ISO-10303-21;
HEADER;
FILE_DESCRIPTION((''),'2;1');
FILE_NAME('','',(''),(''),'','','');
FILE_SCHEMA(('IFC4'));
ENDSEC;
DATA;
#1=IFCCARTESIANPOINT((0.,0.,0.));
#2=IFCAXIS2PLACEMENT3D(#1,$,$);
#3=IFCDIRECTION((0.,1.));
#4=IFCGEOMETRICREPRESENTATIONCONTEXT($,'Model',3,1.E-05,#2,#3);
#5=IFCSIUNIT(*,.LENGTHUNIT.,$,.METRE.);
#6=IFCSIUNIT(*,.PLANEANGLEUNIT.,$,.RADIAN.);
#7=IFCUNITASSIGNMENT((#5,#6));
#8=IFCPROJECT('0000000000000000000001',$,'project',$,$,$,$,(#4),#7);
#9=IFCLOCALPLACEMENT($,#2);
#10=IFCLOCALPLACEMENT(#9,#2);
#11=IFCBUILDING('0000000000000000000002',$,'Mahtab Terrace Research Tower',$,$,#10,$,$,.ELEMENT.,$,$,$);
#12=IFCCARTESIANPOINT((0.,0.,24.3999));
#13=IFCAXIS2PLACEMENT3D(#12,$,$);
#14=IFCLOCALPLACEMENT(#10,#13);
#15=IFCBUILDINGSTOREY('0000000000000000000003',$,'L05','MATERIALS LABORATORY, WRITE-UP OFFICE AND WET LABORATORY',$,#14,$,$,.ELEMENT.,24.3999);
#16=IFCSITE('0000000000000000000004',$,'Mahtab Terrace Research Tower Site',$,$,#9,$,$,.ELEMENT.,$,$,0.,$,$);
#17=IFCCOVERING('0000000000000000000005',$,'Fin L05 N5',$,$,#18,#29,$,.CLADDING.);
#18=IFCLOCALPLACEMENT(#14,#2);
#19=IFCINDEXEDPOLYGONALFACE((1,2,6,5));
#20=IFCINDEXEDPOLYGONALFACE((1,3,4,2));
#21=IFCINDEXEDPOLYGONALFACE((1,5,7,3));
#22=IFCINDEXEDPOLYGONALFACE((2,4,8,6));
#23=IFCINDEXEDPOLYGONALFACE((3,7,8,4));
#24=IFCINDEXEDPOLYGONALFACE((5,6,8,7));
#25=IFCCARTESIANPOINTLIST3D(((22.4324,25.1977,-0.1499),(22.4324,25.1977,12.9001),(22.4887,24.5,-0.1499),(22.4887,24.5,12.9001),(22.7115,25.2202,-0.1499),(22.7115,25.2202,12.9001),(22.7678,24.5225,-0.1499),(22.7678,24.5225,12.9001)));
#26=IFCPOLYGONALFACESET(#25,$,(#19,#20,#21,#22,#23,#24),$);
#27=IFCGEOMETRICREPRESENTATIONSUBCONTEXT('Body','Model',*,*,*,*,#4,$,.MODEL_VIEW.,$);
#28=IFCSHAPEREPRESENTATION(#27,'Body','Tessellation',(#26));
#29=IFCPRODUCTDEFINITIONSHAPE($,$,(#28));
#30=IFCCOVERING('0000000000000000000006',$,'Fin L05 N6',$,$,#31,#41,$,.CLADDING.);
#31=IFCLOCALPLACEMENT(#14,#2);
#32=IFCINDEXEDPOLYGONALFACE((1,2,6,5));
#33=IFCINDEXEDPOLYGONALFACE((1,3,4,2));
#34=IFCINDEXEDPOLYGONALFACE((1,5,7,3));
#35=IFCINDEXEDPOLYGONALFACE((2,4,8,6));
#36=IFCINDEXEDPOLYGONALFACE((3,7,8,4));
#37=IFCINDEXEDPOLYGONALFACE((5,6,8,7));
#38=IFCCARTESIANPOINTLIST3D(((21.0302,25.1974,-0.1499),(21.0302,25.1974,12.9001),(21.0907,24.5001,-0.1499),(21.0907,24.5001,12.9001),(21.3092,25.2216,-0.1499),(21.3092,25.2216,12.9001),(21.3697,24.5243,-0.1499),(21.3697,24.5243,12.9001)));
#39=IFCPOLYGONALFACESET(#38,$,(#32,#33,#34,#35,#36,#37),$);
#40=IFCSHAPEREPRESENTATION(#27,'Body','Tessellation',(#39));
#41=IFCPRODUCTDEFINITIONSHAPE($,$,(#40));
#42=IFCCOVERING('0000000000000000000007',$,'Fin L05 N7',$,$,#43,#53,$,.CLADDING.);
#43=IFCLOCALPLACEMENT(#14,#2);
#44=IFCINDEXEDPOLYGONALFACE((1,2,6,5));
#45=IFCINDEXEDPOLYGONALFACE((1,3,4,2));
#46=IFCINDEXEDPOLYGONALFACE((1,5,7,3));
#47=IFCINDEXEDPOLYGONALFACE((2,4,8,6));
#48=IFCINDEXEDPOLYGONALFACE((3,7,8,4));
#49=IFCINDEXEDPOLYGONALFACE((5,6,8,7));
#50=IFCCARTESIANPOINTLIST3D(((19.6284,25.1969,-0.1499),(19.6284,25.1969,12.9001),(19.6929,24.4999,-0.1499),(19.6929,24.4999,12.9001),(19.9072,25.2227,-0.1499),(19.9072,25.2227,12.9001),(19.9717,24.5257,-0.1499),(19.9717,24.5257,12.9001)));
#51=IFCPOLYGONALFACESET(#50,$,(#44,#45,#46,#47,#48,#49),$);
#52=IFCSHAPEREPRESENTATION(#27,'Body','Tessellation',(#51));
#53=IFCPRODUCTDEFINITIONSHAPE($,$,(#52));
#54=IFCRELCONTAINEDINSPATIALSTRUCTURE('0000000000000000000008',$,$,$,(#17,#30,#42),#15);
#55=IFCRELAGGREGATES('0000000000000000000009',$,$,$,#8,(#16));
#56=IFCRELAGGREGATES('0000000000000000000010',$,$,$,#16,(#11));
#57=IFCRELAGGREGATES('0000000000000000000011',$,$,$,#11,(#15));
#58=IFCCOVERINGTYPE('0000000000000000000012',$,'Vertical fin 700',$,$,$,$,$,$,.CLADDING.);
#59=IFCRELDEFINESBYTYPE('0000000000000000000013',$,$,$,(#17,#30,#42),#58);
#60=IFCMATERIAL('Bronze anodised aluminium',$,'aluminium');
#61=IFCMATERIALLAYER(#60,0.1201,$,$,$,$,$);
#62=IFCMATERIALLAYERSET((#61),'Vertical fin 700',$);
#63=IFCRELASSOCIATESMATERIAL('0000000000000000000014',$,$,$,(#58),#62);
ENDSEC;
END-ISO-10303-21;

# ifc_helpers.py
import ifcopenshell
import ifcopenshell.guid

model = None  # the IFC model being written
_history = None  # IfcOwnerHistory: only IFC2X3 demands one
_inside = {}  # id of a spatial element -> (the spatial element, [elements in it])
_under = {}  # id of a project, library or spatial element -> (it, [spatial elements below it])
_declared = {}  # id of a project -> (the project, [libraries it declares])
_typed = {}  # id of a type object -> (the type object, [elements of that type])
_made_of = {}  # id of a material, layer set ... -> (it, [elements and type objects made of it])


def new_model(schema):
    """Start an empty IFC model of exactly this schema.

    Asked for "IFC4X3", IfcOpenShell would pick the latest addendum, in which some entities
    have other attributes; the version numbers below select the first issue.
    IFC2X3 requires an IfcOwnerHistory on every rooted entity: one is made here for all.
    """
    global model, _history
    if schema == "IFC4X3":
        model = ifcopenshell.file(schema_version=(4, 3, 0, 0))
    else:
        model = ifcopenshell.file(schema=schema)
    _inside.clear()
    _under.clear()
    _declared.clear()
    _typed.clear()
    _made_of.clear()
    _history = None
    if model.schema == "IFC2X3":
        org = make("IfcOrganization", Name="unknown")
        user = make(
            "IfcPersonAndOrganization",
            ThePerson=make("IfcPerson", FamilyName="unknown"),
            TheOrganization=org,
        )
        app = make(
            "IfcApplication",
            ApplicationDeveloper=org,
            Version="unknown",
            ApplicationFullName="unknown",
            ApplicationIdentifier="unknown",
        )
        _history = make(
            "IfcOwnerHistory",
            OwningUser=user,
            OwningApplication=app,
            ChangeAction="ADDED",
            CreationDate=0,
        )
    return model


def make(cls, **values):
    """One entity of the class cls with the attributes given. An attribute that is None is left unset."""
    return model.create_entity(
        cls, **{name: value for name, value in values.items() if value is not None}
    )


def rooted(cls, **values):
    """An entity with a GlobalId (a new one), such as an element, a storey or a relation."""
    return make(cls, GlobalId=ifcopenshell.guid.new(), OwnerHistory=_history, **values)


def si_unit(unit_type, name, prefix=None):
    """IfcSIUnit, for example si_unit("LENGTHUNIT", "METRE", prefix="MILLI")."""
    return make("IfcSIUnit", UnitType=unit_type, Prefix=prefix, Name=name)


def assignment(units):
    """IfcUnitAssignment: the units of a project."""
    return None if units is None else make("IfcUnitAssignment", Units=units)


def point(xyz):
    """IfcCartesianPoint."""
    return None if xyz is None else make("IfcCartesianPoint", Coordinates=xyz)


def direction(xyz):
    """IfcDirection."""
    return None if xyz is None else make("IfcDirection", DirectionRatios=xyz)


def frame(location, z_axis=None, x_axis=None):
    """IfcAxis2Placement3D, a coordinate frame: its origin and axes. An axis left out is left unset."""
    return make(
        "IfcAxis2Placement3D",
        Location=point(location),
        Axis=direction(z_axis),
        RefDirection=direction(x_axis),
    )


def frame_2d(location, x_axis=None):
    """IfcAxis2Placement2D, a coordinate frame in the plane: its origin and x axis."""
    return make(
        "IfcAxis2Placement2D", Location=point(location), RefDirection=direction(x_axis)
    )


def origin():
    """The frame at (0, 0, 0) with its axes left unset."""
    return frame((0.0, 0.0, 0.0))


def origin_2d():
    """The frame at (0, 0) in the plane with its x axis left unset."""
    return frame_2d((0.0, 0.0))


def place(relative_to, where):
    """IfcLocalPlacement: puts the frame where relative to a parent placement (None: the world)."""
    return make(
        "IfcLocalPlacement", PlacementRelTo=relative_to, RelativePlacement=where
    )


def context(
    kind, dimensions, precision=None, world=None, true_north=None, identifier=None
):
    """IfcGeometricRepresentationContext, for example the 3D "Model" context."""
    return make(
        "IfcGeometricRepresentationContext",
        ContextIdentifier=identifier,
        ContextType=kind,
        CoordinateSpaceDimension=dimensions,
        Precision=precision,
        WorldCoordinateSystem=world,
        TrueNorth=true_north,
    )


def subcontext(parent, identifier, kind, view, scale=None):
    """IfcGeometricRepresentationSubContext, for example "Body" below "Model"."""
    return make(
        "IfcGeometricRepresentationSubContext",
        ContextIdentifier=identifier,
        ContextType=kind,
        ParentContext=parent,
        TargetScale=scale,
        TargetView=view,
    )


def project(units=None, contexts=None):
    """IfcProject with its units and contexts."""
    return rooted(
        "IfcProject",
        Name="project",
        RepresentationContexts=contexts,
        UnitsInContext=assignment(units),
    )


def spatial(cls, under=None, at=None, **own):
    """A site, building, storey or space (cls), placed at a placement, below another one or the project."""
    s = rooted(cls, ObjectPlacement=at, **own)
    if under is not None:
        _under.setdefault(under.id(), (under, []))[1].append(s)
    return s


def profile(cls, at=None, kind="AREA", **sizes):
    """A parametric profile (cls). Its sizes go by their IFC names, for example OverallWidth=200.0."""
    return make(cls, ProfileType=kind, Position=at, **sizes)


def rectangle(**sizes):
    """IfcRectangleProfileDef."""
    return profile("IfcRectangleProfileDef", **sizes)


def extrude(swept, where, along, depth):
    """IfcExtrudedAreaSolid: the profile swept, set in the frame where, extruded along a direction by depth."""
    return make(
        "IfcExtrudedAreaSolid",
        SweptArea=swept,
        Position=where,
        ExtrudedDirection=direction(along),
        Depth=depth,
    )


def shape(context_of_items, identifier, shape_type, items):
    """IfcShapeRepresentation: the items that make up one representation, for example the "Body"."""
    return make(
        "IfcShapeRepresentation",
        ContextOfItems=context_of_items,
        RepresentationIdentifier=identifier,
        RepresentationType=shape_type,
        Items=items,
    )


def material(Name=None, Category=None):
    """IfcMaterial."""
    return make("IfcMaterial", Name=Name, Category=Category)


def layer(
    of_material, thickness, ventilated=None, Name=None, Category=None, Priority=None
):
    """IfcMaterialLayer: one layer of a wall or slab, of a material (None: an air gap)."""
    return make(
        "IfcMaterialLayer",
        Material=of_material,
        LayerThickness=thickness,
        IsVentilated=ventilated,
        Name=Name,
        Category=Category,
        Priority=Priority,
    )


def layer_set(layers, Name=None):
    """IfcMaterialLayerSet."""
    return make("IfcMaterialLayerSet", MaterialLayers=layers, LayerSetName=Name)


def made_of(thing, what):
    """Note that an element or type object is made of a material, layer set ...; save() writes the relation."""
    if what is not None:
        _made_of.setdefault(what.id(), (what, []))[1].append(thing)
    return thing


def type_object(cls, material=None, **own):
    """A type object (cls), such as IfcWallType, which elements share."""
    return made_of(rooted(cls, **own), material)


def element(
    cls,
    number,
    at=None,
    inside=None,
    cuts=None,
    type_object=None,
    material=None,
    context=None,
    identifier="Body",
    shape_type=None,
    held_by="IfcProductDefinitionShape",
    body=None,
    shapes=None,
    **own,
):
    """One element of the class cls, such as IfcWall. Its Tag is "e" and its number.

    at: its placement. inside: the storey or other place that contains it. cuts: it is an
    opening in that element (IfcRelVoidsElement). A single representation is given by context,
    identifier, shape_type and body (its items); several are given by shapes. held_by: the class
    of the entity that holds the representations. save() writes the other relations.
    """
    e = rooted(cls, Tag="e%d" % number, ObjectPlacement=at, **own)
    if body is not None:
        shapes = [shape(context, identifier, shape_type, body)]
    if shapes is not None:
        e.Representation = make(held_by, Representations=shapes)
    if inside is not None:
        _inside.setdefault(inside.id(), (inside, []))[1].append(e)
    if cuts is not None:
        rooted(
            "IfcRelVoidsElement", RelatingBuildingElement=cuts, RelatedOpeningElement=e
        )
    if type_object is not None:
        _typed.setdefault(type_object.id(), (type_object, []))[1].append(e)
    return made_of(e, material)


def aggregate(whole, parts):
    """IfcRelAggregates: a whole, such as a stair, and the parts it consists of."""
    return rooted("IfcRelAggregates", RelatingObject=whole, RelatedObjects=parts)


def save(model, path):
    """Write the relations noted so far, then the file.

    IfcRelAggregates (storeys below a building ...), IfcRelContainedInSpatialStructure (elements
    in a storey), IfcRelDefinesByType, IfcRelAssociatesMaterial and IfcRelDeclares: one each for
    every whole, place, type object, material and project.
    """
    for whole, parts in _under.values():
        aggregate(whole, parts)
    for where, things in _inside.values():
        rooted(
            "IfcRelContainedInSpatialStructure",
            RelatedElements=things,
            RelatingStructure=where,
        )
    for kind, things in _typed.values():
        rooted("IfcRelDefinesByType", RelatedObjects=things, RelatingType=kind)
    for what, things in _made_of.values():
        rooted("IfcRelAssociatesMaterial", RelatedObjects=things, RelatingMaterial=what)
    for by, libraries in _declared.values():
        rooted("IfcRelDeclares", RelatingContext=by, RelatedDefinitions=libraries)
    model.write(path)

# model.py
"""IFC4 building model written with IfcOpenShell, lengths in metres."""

from ifc_helpers import new_model, si_unit, direction, frame, origin, origin_2d, place, context, subcontext, project, spatial, rectangle, extrude, material, layer, layer_set, type_object, element, save


model = new_model("IFC4")

# Units and contexts
model_context = context("Model", 3, precision=1e-05, world=origin(), true_north=direction((0.0, 1.0)))
body_context = subcontext(model_context, "Body", "Model", "MODEL_VIEW")
ifc_project = project(units=[si_unit("LENGTHUNIT", "METRE"), si_unit("PLANEANGLEUNIT", "RADIAN")], contexts=[model_context])

# Site, building, storey
site_placement = place(None, origin())
site = spatial("IfcSite", under=ifc_project, at=site_placement, Name="Mahtab Terrace Research Tower Site", CompositionType="ELEMENT", RefElevation=0.0)
building_placement = place(site_placement, origin())
building = spatial("IfcBuilding", under=site, at=building_placement, Name="Mahtab Terrace Research Tower", CompositionType="ELEMENT")
storey_placement = place(building_placement, frame((0.0, 0.0, 24.3999)))
storey = spatial("IfcBuildingStorey", under=building, at=storey_placement, Name="L05", Description="MATERIALS LABORATORY, WRITE-UP OFFICE AND WET LABORATORY", CompositionType="ELEMENT", Elevation=24.3999)

# Coverings
ifc_material_1 = material(Name="Bronze anodised aluminium", Category="aluminium")
ifc_layer_1 = layer(ifc_material_1, 0.1201)
ifc_layer_set_1 = layer_set([ifc_layer_1], Name="Vertical fin 700")
covering_type = type_object("IfcCoveringType", Name="Vertical fin 700", PredefinedType="CLADDING", material=ifc_layer_set_1)
for number, where, z_axis, x_axis, name in (
    (1, (22.6001, 24.8601, -0.1499), (0.0, 0.0, 1.0), (-0.996752, -0.08053, 0.0), "Fin L05 N5"),
    (2, (21.2, 24.8608, -0.1499), (0.0, 0.0, 1.0), (-0.996267, -0.086328, 0.0), "Fin L05 N6"),
    (3, (19.8, 24.8613, -0.1499), (0.0, 0.0, 1.0), (-0.995748, -0.092122, 0.0), "Fin L05 N7"),
):
    element("IfcCovering", number, at=place(storey_placement, frame(where, z_axis=z_axis, x_axis=x_axis)), inside=storey, type_object=covering_type, Name=name, PredefinedType="CLADDING", context=body_context, shape_type="SweptSolid", body=[
        extrude(rectangle(XDim=0.28, YDim=0.7, at=origin_2d()), origin(), (0.0, 0.0, 1.0), 13.05),
    ])

save(model, "model.ifc")
